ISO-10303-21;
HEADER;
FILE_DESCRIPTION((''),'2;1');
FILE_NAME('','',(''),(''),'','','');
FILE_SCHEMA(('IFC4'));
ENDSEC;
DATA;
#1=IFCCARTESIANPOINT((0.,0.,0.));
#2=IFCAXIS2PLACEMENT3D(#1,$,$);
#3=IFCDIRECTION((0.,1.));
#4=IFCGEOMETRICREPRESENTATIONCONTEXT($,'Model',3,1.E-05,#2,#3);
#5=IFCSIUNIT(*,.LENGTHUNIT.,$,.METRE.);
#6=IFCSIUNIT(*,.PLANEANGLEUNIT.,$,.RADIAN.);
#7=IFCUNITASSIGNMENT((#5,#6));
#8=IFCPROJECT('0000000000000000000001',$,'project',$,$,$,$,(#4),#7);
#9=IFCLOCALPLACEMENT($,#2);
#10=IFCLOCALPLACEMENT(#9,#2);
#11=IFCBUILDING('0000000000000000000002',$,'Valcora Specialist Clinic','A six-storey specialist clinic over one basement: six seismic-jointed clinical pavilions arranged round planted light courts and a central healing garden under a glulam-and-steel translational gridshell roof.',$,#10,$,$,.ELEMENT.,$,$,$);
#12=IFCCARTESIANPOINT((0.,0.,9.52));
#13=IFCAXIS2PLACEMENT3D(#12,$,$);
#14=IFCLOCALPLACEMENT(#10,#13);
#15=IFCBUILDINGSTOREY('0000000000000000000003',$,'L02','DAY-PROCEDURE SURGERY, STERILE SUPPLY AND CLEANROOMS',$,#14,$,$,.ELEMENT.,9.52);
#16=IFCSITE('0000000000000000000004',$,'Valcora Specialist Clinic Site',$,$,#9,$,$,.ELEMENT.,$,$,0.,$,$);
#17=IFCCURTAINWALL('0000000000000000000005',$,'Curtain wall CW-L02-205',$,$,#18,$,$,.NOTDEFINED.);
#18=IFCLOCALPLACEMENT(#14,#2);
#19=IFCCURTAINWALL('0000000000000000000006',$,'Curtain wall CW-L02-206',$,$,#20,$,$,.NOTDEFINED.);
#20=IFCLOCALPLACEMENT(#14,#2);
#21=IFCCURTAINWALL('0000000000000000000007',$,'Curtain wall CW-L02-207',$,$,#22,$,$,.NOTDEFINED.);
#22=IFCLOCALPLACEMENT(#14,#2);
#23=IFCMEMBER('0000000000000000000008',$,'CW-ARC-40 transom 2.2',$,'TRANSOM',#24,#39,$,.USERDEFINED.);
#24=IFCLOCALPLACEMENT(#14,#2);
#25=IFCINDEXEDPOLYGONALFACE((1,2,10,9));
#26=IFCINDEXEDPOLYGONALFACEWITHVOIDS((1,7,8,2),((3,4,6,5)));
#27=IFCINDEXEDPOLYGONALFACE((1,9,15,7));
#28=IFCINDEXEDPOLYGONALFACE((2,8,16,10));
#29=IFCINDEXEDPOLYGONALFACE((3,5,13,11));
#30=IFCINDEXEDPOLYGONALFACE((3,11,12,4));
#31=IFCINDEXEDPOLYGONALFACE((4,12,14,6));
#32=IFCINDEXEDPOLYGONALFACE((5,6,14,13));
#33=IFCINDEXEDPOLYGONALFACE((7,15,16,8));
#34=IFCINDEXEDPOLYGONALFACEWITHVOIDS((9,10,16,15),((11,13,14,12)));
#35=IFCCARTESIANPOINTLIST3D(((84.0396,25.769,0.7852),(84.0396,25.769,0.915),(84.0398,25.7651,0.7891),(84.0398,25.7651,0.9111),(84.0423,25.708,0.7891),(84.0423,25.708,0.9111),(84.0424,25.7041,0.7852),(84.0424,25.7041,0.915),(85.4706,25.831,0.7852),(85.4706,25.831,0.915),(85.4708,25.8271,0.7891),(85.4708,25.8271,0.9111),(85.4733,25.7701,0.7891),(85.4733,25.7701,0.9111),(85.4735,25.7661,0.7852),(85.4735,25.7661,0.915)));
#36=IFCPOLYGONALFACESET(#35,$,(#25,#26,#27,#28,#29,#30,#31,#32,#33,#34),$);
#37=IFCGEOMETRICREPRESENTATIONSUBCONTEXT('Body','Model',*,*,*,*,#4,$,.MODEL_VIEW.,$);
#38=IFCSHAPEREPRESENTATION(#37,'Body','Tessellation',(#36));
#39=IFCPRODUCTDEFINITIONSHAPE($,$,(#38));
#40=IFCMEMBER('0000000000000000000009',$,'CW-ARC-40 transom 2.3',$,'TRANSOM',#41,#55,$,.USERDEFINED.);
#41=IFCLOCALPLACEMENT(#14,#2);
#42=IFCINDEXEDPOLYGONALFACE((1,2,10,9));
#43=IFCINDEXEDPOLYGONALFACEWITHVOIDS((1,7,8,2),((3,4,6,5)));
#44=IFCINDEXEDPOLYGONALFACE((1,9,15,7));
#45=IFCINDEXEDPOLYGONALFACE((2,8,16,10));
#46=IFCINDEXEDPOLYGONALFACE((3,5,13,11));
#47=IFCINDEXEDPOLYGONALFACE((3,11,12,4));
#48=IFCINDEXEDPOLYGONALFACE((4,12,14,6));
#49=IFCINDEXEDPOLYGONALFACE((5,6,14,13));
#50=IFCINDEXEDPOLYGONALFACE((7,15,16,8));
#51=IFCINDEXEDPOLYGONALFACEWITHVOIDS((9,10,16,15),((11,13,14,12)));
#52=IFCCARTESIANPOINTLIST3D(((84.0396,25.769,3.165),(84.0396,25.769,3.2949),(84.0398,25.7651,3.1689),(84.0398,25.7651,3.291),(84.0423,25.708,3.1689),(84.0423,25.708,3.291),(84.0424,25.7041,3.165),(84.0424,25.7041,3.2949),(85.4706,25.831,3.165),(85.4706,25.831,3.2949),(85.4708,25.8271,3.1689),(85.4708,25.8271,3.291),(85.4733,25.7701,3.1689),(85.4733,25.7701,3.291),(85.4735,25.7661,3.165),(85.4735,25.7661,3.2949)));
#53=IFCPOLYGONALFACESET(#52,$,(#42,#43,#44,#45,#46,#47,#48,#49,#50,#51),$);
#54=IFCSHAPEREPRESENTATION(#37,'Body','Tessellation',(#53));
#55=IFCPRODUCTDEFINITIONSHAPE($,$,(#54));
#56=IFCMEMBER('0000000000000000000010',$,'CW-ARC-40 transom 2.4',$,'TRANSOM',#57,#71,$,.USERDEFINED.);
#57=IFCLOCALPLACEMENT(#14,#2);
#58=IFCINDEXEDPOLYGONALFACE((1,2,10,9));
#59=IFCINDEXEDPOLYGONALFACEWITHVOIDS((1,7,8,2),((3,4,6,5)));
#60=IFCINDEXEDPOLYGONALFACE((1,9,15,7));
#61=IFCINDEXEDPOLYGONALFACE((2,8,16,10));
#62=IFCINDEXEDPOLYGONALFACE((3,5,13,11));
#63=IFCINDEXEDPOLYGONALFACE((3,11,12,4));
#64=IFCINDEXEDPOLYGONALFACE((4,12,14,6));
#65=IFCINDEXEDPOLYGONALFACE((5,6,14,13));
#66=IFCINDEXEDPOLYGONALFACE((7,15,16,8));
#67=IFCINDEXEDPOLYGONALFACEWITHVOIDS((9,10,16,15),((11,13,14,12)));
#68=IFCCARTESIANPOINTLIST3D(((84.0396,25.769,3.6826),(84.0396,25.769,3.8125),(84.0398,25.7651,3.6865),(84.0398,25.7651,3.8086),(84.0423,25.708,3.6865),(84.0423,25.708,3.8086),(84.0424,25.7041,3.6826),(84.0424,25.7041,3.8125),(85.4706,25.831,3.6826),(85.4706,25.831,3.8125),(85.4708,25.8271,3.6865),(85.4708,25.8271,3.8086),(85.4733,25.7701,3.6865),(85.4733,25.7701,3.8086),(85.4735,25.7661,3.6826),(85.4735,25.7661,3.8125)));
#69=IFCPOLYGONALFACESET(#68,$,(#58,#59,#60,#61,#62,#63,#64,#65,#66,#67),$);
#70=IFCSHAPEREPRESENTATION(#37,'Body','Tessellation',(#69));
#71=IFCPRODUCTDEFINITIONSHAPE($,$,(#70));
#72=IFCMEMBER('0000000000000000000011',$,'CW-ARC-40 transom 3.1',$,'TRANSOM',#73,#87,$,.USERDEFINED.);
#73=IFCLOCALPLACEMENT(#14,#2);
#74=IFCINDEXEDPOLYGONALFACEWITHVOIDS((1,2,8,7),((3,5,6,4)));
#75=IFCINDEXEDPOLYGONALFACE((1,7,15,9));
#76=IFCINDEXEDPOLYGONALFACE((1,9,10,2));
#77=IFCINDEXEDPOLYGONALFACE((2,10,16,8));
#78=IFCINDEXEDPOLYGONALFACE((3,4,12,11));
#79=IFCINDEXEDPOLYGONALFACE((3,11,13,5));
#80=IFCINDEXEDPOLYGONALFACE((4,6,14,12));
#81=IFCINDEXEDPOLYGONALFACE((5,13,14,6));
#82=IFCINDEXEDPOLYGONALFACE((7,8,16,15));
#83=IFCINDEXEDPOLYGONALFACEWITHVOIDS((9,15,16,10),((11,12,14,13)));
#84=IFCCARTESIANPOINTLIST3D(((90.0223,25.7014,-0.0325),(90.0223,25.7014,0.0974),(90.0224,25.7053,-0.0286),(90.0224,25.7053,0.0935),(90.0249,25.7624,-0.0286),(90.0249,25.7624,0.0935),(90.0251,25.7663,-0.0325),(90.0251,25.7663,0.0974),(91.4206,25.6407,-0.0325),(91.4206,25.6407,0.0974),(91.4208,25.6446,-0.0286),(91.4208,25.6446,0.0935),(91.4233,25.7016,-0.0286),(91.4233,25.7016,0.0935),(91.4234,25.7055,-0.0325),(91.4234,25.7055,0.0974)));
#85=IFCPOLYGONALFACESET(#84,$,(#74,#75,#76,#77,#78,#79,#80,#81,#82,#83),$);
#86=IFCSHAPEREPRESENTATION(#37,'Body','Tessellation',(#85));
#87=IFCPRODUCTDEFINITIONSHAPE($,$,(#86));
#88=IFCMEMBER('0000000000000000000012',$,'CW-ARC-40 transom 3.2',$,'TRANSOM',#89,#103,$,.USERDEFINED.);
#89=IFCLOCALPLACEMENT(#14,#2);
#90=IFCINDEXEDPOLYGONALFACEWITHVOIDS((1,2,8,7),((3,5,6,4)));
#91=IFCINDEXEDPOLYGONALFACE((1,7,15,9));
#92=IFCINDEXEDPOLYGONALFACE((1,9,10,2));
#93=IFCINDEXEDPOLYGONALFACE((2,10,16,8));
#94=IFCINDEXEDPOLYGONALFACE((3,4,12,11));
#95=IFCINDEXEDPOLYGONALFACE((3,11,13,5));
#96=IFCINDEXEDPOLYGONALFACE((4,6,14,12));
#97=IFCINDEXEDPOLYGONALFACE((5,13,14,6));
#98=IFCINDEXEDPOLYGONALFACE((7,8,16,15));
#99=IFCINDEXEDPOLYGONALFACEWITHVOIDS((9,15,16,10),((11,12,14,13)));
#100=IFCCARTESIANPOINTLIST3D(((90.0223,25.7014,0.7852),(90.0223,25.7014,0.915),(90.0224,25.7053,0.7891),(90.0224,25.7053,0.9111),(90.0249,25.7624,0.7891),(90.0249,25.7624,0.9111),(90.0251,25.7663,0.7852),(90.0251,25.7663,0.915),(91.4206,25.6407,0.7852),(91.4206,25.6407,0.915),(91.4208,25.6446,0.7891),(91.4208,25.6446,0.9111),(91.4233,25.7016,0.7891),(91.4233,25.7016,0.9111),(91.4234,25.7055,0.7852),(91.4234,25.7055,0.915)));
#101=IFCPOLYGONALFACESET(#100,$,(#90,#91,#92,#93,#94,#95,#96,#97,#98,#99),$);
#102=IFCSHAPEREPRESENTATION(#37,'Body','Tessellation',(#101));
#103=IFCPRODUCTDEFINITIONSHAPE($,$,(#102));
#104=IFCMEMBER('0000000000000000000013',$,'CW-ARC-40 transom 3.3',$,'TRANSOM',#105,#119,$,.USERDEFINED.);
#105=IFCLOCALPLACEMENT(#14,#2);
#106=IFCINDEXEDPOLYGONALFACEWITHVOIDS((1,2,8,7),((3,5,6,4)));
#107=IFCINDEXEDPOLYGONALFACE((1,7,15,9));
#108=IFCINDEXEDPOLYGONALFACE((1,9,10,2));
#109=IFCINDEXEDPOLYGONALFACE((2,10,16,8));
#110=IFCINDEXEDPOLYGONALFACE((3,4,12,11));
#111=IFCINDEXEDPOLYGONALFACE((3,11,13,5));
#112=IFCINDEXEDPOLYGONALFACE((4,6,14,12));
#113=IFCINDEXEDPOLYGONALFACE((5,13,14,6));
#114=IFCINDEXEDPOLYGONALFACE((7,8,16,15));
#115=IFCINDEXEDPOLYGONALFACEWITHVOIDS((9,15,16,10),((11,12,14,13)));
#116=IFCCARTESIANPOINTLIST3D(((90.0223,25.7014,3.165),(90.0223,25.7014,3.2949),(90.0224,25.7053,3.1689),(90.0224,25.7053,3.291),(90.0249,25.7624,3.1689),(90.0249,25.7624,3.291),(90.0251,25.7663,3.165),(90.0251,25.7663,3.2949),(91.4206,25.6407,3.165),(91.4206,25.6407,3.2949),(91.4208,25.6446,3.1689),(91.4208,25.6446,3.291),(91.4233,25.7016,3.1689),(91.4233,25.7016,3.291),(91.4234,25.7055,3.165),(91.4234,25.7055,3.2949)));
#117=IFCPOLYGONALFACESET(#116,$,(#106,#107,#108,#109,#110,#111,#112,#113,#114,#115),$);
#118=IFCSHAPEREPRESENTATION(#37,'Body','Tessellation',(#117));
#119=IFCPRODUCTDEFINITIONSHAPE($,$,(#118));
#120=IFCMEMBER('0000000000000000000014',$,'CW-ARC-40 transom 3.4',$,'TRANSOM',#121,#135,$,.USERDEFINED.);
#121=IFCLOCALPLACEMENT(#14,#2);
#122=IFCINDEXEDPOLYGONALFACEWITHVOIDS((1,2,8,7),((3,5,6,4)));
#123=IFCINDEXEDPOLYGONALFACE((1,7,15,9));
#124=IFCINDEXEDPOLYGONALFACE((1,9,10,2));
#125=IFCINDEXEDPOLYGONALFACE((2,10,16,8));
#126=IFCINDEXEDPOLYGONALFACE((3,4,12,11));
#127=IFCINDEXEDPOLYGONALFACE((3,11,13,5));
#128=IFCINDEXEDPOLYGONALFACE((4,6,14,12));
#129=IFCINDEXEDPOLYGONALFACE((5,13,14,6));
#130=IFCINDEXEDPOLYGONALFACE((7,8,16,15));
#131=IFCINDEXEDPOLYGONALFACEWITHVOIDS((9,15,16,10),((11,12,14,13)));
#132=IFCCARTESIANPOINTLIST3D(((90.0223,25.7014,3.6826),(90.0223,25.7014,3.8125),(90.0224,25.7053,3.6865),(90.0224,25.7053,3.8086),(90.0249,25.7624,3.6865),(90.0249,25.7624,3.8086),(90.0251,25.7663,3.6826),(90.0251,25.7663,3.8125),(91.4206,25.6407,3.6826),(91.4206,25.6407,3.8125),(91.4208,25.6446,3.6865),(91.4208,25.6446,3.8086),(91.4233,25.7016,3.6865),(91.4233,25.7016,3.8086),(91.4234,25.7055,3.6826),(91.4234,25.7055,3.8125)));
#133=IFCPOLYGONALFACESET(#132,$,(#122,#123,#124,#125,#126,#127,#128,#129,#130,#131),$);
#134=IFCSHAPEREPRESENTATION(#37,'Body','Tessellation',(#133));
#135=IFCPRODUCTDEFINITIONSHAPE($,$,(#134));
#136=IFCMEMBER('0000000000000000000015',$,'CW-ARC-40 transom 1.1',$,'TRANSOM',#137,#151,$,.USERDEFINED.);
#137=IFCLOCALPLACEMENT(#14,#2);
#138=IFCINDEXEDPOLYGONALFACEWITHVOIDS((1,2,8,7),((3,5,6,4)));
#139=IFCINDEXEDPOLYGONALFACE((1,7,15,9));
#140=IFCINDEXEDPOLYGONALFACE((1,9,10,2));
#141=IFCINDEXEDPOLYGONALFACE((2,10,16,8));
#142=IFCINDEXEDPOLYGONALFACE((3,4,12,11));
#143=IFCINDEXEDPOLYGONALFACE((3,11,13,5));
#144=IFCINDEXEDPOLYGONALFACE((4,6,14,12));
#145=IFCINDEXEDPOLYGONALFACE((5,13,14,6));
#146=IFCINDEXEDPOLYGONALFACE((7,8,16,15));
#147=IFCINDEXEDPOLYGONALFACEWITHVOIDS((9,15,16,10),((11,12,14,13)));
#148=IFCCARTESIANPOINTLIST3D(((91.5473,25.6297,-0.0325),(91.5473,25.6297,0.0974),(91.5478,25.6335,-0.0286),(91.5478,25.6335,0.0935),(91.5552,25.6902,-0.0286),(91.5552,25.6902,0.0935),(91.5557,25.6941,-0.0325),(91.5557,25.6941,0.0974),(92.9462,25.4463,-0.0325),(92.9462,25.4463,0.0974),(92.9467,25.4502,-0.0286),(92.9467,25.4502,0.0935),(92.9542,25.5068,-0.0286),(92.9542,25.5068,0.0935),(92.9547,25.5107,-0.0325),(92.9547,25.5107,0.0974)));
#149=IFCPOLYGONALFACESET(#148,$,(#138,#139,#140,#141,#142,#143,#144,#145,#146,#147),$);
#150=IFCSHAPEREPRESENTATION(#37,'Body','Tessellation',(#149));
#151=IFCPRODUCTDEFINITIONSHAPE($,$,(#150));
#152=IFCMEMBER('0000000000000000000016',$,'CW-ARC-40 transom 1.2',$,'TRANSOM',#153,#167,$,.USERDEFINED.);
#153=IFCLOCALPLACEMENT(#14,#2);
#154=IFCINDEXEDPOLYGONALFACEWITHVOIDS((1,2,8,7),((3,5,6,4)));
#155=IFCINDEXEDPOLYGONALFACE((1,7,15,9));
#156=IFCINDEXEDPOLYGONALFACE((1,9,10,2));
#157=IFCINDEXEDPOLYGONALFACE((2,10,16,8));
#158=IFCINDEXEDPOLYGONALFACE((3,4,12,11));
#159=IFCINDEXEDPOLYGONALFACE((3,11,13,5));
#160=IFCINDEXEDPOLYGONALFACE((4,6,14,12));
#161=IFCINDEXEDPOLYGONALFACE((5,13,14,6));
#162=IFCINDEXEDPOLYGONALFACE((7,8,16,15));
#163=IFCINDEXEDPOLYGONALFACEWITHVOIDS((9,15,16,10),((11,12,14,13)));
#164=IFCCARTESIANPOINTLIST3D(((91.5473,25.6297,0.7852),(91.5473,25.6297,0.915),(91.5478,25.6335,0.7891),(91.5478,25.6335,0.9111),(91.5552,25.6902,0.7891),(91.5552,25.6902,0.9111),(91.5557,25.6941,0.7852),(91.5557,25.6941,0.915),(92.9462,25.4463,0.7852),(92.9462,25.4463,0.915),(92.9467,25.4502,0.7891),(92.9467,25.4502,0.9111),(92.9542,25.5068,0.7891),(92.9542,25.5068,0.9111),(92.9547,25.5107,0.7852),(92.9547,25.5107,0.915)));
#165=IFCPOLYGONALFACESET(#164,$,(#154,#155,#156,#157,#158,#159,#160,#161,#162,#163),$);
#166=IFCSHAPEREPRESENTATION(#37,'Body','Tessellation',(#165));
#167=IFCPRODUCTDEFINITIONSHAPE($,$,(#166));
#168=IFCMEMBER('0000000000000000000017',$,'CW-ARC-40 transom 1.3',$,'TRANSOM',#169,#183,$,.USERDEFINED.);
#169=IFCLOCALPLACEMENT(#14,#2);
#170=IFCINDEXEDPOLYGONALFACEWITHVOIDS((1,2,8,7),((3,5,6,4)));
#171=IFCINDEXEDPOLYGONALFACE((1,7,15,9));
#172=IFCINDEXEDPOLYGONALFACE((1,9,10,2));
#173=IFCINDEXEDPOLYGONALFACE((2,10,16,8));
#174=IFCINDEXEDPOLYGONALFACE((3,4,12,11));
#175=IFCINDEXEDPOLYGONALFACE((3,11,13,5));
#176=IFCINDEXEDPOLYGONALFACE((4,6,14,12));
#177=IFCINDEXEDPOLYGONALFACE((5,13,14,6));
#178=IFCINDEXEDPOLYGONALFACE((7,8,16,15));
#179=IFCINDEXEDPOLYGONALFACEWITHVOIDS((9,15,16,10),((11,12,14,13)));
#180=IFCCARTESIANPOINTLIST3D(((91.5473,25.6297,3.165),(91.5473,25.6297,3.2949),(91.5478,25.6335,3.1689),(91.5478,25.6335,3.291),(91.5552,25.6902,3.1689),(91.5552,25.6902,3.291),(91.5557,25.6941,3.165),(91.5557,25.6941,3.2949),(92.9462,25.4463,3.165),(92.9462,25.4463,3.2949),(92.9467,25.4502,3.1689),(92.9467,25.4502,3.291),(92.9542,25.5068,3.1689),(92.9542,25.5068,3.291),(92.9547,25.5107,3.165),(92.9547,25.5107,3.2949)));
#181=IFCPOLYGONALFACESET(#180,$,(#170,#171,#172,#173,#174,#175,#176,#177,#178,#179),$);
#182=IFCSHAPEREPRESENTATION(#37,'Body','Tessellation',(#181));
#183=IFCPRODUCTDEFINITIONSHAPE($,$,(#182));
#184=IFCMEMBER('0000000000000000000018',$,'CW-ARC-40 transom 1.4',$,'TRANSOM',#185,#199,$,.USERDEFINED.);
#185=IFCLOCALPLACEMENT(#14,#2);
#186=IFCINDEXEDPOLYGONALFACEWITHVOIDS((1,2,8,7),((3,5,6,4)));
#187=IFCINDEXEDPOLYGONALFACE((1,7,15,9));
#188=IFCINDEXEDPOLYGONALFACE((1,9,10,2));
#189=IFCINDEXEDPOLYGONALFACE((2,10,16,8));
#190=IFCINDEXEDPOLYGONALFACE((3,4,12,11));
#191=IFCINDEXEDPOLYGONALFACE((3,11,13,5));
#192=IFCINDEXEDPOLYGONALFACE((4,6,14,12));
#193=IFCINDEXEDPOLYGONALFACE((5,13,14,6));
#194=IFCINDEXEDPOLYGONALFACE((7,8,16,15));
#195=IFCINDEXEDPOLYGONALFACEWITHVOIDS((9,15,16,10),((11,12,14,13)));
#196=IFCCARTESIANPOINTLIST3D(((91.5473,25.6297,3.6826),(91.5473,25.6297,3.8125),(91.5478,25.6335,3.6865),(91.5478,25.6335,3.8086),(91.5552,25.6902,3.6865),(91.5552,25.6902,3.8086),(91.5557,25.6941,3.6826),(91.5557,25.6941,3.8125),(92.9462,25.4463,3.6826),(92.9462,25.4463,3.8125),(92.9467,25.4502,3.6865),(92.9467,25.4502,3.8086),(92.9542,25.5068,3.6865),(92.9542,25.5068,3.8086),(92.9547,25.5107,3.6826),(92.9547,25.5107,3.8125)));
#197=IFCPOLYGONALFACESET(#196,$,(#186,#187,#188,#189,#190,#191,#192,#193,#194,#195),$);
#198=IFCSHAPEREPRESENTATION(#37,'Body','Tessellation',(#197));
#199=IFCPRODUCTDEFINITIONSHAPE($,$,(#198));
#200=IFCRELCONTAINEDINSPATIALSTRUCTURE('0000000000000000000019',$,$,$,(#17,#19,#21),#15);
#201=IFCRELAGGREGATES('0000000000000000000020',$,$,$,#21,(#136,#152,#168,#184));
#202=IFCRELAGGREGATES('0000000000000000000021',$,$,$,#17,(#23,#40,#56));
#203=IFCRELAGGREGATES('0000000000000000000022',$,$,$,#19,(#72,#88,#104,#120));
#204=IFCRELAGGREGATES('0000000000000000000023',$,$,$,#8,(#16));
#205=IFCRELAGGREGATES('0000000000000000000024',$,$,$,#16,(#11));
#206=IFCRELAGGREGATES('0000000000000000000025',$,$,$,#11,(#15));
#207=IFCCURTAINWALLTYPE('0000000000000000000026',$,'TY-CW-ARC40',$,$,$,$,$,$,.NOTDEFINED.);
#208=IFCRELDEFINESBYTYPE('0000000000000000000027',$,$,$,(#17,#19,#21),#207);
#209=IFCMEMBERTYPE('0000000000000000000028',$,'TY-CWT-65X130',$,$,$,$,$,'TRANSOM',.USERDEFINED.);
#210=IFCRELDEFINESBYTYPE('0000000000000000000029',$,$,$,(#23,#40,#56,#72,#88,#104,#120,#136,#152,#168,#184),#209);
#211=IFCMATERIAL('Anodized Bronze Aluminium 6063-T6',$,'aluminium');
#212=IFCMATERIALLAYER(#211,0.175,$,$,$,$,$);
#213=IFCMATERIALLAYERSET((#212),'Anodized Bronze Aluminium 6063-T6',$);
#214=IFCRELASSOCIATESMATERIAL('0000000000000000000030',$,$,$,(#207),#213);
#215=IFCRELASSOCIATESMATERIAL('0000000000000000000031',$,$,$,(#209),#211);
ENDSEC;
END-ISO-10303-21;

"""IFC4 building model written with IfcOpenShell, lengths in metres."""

from ifc_helpers import new_model, si_unit, direction, frame, origin, origin_2d, place, context, subcontext, project, spatial, hollow_rectangle, extrude, material, layer, layer_set, material_profile, profile_set, type_object, element, aggregate, save


model = new_model("IFC4")

# Units and contexts
model_context = context("Model", 3, precision=1e-05, world=origin(), true_north=direction((0.0, 1.0)))
body_context = subcontext(model_context, "Body", "Model", "MODEL_VIEW")
ifc_project = project(units=[si_unit("LENGTHUNIT", "METRE"), si_unit("PLANEANGLEUNIT", "RADIAN")], contexts=[model_context])

# Site, building, storey
site_placement = place(None, origin())
site = spatial("IfcSite", under=ifc_project, at=site_placement, Name="Valcora Specialist Clinic Site", CompositionType="ELEMENT", RefElevation=0.0)
building_placement = place(site_placement, origin())
building = spatial("IfcBuilding", under=site, at=building_placement, Name="Valcora Specialist Clinic", Description="A six-storey specialist clinic over one basement: six seismic-jointed clinical pavilions arranged round planted light courts and a central healing garden under a glulam-and-steel translational gridshell roof.", CompositionType="ELEMENT")
storey_placement = place(building_placement, frame((0.0, 0.0, 9.52)))
storey = spatial("IfcBuildingStorey", under=building, at=storey_placement, Name="L02", Description="DAY-PROCEDURE SURGERY, STERILE SUPPLY AND CLEANROOMS", CompositionType="ELEMENT", Elevation=9.52)

# Shared definitions
ifc_material_1 = material(Name="Anodized Bronze Aluminium 6063-T6", Category="aluminium")
ifc_layer_1 = layer(ifc_material_1, 0.175)
ifc_layer_set_1 = layer_set([ifc_layer_1], Name="Anodized Bronze Aluminium 6063-T6")
curtain_wall_type = type_object("IfcCurtainWallType", Name="TY-CW-ARC40", PredefinedType="NOTDEFINED", material=ifc_layer_set_1)

# Curtain walls
curtain_wall_1_placement = place(storey_placement, origin())
curtain_wall_1 = element("IfcCurtainWall", 1, at=curtain_wall_1_placement, inside=storey, type_object=curtain_wall_type, Name="Curtain wall CW-L02-205", PredefinedType="NOTDEFINED")
curtain_wall_2_placement = place(storey_placement, origin())
curtain_wall_2 = element("IfcCurtainWall", 2, at=curtain_wall_2_placement, inside=storey, type_object=curtain_wall_type, Name="Curtain wall CW-L02-206", PredefinedType="NOTDEFINED")

# Curtain wall
curtain_wall_3_placement = place(storey_placement, origin())
curtain_wall_3 = element("IfcCurtainWall", 3, at=curtain_wall_3_placement, inside=storey, type_object=curtain_wall_type, Name="Curtain wall CW-L02-207", PredefinedType="NOTDEFINED")

# Members
ifc_material_profile_1 = material_profile(ifc_material_1, hollow_rectangle(XDim=0.0649, YDim=0.1299, WallThickness=0.0039, at=origin_2d()), Name="AL-TRN-65X130")
ifc_profile_set_1 = profile_set([ifc_material_profile_1], Name="Anodized Bronze Aluminium 6063-T6")
member_type_1 = type_object("IfcMemberType", Name="TY-CWT-65X130", ElementType="TRANSOM", PredefinedType="USERDEFINED", material=ifc_profile_set_1)
member_1_placement = place(storey_placement, frame((84.041, 25.7366, 0.8501), z_axis=(0.999062, 0.043297, 0.0), x_axis=(-0.043297, 0.999062, 0.0)))
member_1 = element("IfcMember", 4, at=member_1_placement, type_object=member_type_1, Name="CW-ARC-40 transom 2.2", ObjectType="TRANSOM", PredefinedType="USERDEFINED", context=body_context, shape_type="SweptSolid", body=[
    extrude(hollow_rectangle(XDim=0.0649, YDim=0.1299, WallThickness=0.0039, at=origin_2d()), origin(), (0.0, 0.0, 1.0), 1.4324),
])
member_2_placement = place(storey_placement, frame((84.041, 25.7366, 3.23), z_axis=(0.999062, 0.043297, 0.0), x_axis=(-0.043297, 0.999062, 0.0)))
member_2 = element("IfcMember", 5, at=member_2_placement, type_object=member_type_1, Name="CW-ARC-40 transom 2.3", ObjectType="TRANSOM", PredefinedType="USERDEFINED", context=body_context, shape_type="SweptSolid", body=[
    extrude(hollow_rectangle(XDim=0.0649, YDim=0.1299, WallThickness=0.0039, at=origin_2d()), origin(), (0.0, 0.0, 1.0), 1.4324),
])
member_3_placement = place(storey_placement, frame((84.041, 25.7366, 3.7476), z_axis=(0.999062, 0.043297, 0.0), x_axis=(-0.043297, 0.999062, 0.0)))
member_3 = element("IfcMember", 6, at=member_3_placement, type_object=member_type_1, Name="CW-ARC-40 transom 2.4", ObjectType="TRANSOM", PredefinedType="USERDEFINED", context=body_context, shape_type="SweptSolid", body=[
    extrude(hollow_rectangle(XDim=0.0649, YDim=0.1299, WallThickness=0.0039, at=origin_2d()), origin(), (0.0, 0.0, 1.0), 1.4324),
])
member_4_placement = place(storey_placement, frame((90.0237, 25.7339, 0.0325), z_axis=(0.999056, -0.04343, 0.0), x_axis=(0.04343, 0.999056, 0.0)))
member_4 = element("IfcMember", 7, at=member_4_placement, type_object=member_type_1, Name="CW-ARC-40 transom 3.1", ObjectType="TRANSOM", PredefinedType="USERDEFINED", context=body_context, shape_type="SweptSolid", body=[
    extrude(hollow_rectangle(XDim=0.0649, YDim=0.1299, WallThickness=0.0039, at=origin_2d()), origin(), (0.0, 0.0, 1.0), 1.3997),
])
member_5_placement = place(storey_placement, frame((90.0237, 25.7339, 0.8501), z_axis=(0.999056, -0.04343, 0.0), x_axis=(0.04343, 0.999056, 0.0)))
member_5 = element("IfcMember", 8, at=member_5_placement, type_object=member_type_1, Name="CW-ARC-40 transom 3.2", ObjectType="TRANSOM", PredefinedType="USERDEFINED", context=body_context, shape_type="SweptSolid", body=[
    extrude(hollow_rectangle(XDim=0.0649, YDim=0.1299, WallThickness=0.0039, at=origin_2d()), origin(), (0.0, 0.0, 1.0), 1.3997),
])
member_6_placement = place(storey_placement, frame((90.0237, 25.7339, 3.23), z_axis=(0.999056, -0.04343, 0.0), x_axis=(0.04343, 0.999056, 0.0)))
member_6 = element("IfcMember", 9, at=member_6_placement, type_object=member_type_1, Name="CW-ARC-40 transom 3.3", ObjectType="TRANSOM", PredefinedType="USERDEFINED", context=body_context, shape_type="SweptSolid", body=[
    extrude(hollow_rectangle(XDim=0.0649, YDim=0.1299, WallThickness=0.0039, at=origin_2d()), origin(), (0.0, 0.0, 1.0), 1.3997),
])
member_7_placement = place(storey_placement, frame((90.0237, 25.7339, 3.7476), z_axis=(0.999056, -0.04343, 0.0), x_axis=(0.04343, 0.999056, 0.0)))
member_7 = element("IfcMember", 10, at=member_7_placement, type_object=member_type_1, Name="CW-ARC-40 transom 3.4", ObjectType="TRANSOM", PredefinedType="USERDEFINED", context=body_context, shape_type="SweptSolid", body=[
    extrude(hollow_rectangle(XDim=0.0649, YDim=0.1299, WallThickness=0.0039, at=origin_2d()), origin(), (0.0, 0.0, 1.0), 1.3997),
])
member_8_placement = place(storey_placement, frame((91.5515, 25.6619, 0.0325), z_axis=(0.99152, -0.129953, 0.0), x_axis=(0.129953, 0.99152, 0.0)))
member_8 = element("IfcMember", 11, at=member_8_placement, type_object=member_type_1, Name="CW-ARC-40 transom 1.1", ObjectType="TRANSOM", PredefinedType="USERDEFINED", context=body_context, shape_type="SweptSolid", body=[
    extrude(hollow_rectangle(XDim=0.0649, YDim=0.1299, WallThickness=0.0039, at=origin_2d()), origin(), (0.0, 0.0, 1.0), 1.4109),
])
member_9_placement = place(storey_placement, frame((91.5515, 25.6619, 0.8501), z_axis=(0.99152, -0.129953, 0.0), x_axis=(0.129953, 0.99152, 0.0)))
member_9 = element("IfcMember", 12, at=member_9_placement, type_object=member_type_1, Name="CW-ARC-40 transom 1.2", ObjectType="TRANSOM", PredefinedType="USERDEFINED", context=body_context, shape_type="SweptSolid", body=[
    extrude(hollow_rectangle(XDim=0.0649, YDim=0.1299, WallThickness=0.0039, at=origin_2d()), origin(), (0.0, 0.0, 1.0), 1.4109),
])
member_10_placement = place(storey_placement, frame((91.5515, 25.6619, 3.23), z_axis=(0.99152, -0.129953, 0.0), x_axis=(0.129953, 0.99152, 0.0)))
member_10 = element("IfcMember", 13, at=member_10_placement, type_object=member_type_1, Name="CW-ARC-40 transom 1.3", ObjectType="TRANSOM", PredefinedType="USERDEFINED", context=body_context, shape_type="SweptSolid", body=[
    extrude(hollow_rectangle(XDim=0.0649, YDim=0.1299, WallThickness=0.0039, at=origin_2d()), origin(), (0.0, 0.0, 1.0), 1.4109),
])
member_11_placement = place(storey_placement, frame((91.5515, 25.6619, 3.7476), z_axis=(0.99152, -0.129953, 0.0), x_axis=(0.129953, 0.99152, 0.0)))
member_11 = element("IfcMember", 14, at=member_11_placement, type_object=member_type_1, Name="CW-ARC-40 transom 1.4", ObjectType="TRANSOM", PredefinedType="USERDEFINED", context=body_context, shape_type="SweptSolid", body=[
    extrude(hollow_rectangle(XDim=0.0649, YDim=0.1299, WallThickness=0.0039, at=origin_2d()), origin(), (0.0, 0.0, 1.0), 1.4109),
])

aggregate(curtain_wall_3, [member_8, member_9, member_10, member_11])
aggregate(curtain_wall_1, [member_1, member_2, member_3])
aggregate(curtain_wall_2, [member_4, member_5, member_6, member_7])

save(model, "model.ifc")
